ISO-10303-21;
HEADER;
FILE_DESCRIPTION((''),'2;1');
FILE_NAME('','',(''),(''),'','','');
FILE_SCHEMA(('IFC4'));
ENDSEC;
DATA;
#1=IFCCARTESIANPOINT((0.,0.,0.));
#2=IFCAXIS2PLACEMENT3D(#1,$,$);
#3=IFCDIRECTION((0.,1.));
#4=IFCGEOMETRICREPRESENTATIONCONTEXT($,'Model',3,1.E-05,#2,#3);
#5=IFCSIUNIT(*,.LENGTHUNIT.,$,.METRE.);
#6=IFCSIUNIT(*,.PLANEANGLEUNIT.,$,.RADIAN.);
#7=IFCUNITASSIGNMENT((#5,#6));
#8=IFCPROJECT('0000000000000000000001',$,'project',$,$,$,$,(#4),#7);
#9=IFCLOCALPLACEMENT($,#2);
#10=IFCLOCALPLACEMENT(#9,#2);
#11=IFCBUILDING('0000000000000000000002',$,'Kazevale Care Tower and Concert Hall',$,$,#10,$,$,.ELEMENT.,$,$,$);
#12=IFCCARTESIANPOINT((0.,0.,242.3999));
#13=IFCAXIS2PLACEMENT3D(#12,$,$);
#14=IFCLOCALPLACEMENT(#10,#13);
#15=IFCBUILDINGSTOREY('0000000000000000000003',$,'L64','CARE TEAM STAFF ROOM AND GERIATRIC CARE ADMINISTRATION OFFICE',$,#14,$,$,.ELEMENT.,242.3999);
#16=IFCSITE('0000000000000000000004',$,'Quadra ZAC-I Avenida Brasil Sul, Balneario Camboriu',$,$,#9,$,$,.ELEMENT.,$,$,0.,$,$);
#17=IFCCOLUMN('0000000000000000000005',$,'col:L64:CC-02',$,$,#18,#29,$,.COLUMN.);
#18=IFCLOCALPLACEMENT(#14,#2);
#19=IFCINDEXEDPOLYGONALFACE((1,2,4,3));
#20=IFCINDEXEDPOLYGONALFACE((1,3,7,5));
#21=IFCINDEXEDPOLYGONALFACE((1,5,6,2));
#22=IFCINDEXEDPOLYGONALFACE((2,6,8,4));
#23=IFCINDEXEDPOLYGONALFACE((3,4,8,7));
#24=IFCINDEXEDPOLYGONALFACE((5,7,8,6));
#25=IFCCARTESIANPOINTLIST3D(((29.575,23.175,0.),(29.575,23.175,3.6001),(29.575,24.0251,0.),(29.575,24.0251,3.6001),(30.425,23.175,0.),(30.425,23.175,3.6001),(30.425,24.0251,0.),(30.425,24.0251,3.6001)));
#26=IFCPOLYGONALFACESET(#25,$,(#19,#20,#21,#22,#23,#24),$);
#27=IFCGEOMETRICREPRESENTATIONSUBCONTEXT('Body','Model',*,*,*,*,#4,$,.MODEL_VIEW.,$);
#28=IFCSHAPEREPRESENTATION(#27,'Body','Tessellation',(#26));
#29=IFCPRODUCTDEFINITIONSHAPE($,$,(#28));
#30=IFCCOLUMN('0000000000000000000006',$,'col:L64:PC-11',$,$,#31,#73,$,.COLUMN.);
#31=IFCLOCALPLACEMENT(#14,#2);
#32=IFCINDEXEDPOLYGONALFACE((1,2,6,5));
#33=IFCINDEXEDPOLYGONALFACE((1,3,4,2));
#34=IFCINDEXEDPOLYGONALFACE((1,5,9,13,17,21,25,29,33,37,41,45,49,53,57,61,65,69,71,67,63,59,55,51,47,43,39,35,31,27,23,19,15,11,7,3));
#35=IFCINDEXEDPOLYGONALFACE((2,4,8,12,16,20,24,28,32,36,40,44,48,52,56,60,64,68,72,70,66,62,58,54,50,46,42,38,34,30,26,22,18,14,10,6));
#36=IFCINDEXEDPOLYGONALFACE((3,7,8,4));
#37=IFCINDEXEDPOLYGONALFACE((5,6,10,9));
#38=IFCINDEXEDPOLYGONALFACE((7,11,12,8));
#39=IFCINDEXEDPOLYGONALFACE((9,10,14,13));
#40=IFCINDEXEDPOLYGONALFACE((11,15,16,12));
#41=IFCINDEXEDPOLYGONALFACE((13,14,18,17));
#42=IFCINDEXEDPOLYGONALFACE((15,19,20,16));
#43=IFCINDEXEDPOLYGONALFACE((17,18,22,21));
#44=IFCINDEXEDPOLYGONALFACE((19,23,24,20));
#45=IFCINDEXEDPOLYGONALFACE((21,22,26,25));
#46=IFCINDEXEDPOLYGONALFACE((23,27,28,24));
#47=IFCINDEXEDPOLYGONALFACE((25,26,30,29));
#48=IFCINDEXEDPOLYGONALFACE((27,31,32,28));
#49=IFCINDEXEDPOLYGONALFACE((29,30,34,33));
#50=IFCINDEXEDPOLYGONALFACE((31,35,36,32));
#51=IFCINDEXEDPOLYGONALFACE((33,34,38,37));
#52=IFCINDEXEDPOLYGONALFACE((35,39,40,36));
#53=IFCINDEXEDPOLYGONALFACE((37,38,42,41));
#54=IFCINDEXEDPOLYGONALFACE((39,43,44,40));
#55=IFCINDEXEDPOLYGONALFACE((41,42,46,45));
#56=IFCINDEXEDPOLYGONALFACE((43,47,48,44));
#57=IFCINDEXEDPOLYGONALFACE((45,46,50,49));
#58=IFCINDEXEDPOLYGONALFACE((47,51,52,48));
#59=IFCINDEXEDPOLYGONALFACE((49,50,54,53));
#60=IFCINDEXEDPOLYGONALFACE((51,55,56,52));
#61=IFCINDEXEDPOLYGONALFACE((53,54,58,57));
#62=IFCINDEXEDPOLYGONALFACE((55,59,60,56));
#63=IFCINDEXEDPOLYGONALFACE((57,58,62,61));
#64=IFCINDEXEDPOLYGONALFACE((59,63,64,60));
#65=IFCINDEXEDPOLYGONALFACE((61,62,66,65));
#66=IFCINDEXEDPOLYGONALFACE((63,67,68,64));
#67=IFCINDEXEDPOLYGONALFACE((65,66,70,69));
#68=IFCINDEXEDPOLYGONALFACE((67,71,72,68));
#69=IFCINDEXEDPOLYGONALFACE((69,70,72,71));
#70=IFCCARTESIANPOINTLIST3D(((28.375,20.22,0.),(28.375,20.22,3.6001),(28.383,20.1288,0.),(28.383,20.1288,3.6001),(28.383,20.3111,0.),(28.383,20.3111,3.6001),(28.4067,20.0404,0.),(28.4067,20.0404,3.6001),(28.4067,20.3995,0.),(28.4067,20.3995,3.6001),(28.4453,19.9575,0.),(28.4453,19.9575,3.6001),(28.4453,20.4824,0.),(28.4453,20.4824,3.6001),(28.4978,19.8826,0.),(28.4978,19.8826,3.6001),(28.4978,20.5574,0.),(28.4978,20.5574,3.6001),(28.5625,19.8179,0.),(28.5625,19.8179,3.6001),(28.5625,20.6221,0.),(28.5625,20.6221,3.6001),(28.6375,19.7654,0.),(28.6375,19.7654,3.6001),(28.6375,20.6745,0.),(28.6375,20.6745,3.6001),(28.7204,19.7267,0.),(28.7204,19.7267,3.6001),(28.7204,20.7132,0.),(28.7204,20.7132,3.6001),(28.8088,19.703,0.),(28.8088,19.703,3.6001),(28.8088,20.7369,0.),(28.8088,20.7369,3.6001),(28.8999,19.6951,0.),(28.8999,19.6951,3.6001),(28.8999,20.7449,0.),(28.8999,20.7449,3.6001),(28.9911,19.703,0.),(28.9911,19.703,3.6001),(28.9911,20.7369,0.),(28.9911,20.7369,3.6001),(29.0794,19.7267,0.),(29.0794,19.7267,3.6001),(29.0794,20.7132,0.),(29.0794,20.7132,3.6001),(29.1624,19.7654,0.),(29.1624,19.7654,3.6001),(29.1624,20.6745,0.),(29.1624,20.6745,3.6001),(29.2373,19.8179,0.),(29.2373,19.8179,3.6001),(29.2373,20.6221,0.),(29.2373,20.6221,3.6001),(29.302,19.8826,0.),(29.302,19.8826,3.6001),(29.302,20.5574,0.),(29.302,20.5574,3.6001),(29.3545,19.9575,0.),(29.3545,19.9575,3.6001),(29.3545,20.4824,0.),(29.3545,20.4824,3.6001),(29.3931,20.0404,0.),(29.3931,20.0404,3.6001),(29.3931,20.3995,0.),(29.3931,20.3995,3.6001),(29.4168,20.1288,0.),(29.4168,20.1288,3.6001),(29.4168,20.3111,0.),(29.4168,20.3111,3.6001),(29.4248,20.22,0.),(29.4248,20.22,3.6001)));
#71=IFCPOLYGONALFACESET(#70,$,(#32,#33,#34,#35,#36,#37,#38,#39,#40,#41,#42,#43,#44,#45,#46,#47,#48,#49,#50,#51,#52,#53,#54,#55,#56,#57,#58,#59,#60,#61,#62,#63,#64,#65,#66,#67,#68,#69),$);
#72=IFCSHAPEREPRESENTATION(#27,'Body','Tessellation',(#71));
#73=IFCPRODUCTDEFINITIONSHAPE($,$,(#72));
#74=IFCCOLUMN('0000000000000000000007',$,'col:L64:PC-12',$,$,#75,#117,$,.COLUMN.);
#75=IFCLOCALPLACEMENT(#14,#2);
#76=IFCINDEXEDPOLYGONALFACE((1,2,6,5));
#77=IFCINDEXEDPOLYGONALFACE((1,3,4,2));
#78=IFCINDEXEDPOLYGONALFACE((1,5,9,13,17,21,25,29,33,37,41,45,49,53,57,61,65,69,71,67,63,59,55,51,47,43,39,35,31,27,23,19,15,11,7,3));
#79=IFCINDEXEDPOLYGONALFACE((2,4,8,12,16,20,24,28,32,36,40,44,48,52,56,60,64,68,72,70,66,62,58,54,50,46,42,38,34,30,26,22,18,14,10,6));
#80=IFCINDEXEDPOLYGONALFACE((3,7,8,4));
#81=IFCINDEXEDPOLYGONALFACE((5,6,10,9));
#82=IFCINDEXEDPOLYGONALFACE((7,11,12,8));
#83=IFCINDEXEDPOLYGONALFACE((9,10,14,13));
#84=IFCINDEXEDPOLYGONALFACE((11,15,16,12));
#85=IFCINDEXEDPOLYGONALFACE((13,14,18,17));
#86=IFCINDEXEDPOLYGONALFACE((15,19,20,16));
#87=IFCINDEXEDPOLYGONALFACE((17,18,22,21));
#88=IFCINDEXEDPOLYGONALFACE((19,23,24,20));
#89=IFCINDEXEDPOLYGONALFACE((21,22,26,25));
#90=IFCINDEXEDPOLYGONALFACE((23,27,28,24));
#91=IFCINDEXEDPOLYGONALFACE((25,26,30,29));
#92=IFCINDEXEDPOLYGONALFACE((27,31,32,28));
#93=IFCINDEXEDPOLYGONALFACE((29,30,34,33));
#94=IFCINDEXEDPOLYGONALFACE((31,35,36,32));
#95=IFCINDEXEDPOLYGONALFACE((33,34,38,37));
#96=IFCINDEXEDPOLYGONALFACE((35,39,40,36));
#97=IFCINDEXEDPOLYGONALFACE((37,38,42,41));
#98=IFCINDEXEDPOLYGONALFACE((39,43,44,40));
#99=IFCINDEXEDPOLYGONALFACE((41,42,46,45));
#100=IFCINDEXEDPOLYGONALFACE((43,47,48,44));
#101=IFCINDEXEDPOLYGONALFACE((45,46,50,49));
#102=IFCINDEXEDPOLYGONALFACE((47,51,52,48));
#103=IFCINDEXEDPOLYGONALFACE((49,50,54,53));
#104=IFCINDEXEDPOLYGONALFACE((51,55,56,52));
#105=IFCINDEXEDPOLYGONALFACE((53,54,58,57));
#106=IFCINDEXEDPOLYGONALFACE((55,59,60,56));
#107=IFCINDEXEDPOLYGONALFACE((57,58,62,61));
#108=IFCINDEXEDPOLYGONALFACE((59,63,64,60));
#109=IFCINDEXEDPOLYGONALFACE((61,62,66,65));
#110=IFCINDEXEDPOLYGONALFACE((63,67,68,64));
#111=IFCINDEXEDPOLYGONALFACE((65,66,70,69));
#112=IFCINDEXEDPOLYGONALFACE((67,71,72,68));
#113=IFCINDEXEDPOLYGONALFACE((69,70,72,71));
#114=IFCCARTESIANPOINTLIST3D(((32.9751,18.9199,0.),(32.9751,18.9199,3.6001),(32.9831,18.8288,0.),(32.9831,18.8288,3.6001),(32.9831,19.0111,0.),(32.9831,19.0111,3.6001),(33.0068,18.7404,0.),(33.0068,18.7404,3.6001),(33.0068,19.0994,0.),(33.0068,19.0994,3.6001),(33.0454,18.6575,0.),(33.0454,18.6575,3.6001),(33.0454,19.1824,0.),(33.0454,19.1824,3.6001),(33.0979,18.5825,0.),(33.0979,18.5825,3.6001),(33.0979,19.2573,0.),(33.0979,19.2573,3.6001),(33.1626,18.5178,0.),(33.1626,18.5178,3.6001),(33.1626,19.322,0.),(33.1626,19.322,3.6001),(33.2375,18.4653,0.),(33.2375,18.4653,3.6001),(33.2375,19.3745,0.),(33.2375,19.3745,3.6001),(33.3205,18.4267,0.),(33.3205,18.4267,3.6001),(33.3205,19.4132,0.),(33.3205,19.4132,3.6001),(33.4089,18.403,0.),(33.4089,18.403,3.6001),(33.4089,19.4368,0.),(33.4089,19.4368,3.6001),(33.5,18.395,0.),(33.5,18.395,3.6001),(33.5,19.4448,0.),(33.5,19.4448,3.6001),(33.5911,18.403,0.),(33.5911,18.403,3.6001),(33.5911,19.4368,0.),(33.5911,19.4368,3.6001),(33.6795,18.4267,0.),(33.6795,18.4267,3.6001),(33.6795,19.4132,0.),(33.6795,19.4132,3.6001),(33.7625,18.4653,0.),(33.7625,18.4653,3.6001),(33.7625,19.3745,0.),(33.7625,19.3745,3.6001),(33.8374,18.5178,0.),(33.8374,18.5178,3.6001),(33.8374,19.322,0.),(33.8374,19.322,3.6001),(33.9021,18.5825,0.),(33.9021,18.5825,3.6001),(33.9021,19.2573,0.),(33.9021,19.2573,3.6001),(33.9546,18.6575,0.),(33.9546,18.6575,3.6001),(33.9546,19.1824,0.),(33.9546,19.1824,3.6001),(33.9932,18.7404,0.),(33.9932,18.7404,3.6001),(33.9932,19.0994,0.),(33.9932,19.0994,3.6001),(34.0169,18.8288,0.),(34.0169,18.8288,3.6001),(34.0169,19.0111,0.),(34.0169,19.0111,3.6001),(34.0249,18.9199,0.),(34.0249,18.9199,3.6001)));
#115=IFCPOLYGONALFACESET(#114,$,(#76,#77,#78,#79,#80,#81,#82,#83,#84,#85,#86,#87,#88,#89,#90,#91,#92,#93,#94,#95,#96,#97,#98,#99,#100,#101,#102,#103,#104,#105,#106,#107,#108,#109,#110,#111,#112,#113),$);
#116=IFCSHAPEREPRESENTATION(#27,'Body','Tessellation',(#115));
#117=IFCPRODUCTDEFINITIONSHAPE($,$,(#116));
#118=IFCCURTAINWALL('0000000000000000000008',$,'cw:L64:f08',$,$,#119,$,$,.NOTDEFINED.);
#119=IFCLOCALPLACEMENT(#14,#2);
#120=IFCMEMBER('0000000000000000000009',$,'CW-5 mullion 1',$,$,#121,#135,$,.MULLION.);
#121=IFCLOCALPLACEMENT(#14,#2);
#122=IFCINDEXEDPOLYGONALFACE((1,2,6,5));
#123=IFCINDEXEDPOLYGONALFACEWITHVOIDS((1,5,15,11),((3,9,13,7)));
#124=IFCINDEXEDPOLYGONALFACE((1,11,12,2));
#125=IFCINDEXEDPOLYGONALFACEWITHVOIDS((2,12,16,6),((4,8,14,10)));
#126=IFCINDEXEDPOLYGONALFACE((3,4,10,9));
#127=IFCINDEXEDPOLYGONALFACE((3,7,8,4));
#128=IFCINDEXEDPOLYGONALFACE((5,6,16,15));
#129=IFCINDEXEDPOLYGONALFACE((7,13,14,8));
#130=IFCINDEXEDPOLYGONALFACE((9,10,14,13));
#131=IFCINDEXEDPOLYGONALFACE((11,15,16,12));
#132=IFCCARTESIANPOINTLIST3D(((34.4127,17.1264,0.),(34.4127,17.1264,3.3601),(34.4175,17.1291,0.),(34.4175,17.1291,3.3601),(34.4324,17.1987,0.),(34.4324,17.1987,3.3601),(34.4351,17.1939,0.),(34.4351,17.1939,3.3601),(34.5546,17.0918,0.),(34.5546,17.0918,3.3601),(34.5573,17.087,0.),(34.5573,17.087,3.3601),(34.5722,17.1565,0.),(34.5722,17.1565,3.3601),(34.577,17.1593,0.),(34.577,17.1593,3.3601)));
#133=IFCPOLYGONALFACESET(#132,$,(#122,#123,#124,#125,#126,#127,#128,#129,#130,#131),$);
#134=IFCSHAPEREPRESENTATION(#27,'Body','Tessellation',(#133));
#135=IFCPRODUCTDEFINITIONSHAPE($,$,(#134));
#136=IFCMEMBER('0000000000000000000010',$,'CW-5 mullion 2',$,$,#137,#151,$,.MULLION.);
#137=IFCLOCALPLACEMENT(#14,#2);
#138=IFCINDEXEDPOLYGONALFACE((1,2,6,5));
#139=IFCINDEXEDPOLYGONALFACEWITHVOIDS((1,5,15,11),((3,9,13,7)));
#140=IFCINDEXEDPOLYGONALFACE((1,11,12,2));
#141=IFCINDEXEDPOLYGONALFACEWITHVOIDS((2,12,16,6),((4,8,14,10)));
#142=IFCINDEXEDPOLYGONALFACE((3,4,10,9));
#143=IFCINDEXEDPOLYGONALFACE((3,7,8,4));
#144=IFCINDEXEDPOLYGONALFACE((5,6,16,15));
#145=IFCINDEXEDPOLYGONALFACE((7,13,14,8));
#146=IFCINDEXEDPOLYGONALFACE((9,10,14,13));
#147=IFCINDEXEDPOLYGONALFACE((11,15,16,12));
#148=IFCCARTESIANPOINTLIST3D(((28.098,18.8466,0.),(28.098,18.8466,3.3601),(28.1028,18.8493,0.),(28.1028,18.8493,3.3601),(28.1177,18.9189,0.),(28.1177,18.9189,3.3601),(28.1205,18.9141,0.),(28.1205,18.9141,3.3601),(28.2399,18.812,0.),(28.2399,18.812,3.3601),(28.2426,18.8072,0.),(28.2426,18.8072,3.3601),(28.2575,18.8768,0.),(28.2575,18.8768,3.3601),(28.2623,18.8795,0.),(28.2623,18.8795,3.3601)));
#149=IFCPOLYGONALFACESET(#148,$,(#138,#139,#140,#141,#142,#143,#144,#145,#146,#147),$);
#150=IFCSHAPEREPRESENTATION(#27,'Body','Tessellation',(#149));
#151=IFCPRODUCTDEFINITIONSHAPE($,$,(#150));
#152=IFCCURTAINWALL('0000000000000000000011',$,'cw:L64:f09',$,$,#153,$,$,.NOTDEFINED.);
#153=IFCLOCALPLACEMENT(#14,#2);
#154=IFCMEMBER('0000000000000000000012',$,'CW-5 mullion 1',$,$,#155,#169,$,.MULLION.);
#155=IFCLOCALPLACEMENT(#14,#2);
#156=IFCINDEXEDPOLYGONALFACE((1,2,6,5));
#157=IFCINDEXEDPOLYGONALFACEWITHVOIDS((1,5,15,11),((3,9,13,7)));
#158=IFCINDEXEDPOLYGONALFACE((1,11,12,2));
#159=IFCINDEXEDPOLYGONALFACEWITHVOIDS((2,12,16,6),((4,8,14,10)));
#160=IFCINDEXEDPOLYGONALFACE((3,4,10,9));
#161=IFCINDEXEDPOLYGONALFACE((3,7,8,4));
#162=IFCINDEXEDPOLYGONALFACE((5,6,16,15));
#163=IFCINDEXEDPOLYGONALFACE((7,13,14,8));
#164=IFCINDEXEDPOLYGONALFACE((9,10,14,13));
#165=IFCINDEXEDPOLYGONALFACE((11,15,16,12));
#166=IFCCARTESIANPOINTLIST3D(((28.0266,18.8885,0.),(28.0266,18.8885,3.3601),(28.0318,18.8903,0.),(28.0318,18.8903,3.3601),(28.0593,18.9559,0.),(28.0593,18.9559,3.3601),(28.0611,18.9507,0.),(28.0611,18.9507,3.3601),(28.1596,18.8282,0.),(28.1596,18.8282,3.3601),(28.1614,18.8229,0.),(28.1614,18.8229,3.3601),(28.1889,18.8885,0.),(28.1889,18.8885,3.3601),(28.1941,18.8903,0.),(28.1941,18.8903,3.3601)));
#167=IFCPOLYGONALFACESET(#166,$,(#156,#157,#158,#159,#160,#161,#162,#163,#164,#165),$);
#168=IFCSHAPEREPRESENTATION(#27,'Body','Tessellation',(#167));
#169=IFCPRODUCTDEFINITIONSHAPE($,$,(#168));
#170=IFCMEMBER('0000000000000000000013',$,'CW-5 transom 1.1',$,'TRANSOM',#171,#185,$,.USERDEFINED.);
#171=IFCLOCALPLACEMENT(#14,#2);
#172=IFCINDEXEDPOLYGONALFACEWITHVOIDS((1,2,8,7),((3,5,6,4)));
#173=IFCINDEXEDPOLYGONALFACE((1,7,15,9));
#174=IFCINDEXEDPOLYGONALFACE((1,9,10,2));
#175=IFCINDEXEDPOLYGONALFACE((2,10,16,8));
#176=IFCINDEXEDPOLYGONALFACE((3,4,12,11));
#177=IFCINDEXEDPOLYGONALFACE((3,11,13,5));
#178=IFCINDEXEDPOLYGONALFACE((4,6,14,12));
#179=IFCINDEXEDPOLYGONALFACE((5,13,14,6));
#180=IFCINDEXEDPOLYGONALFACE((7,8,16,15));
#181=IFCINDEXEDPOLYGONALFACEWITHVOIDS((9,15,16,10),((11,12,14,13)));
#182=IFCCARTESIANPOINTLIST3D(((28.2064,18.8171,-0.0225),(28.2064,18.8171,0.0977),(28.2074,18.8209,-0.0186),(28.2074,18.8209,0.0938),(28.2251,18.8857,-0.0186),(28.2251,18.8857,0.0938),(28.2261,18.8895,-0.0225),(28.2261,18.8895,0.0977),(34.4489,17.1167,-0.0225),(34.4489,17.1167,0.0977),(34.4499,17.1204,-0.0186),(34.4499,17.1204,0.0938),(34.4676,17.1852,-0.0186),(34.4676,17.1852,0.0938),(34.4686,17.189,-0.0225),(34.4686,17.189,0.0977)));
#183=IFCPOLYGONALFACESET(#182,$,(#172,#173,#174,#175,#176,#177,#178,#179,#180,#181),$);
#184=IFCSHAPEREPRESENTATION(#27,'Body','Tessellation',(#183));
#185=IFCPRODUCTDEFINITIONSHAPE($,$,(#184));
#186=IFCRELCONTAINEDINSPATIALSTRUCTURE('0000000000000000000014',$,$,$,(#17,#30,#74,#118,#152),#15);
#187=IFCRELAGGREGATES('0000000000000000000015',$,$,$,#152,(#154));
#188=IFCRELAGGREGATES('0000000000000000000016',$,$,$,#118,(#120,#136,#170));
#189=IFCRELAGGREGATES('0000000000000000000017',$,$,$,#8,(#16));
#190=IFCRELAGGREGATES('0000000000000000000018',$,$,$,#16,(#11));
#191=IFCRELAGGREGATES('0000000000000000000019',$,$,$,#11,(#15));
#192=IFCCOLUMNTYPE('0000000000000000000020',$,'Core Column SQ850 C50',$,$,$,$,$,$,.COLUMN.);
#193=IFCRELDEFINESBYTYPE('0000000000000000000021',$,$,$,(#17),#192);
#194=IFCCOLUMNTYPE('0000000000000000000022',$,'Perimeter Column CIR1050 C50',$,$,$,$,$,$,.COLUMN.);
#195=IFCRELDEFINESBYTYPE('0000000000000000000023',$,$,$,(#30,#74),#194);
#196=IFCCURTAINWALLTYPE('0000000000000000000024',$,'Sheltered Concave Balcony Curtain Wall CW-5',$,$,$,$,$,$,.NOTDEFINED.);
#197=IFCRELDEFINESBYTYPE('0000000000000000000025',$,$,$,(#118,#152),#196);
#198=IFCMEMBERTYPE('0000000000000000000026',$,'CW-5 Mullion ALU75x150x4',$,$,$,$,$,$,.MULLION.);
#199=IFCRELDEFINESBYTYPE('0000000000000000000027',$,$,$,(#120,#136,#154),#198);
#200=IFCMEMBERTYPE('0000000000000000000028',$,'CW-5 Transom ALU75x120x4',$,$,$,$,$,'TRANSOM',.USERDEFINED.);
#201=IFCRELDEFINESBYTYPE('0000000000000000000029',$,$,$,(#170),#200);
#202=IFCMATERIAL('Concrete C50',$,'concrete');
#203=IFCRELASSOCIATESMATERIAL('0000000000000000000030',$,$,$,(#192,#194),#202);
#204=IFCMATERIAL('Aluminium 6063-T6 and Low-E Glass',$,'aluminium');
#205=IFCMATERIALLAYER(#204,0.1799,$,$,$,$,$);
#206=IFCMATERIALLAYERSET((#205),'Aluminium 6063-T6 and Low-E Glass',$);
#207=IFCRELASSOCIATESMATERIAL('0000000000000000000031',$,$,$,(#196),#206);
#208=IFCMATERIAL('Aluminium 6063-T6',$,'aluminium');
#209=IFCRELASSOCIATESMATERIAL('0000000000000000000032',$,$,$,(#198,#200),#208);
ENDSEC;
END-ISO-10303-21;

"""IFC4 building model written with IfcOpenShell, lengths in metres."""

from ifc_helpers import new_model, si_unit, direction, frame, origin, origin_2d, place, context, subcontext, project, spatial, rectangle, hollow_rectangle, circle, extrude, material, layer, layer_set, material_profile, profile_set, type_object, element, aggregate, save


model = new_model("IFC4")

# Units and contexts
model_context = context("Model", 3, precision=1e-05, world=origin(), true_north=direction((0.0, 1.0)))
body_context = subcontext(model_context, "Body", "Model", "MODEL_VIEW")
ifc_project = project(units=[si_unit("LENGTHUNIT", "METRE"), si_unit("PLANEANGLEUNIT", "RADIAN")], contexts=[model_context])

# Site, building, storey
site_placement = place(None, origin())
site = spatial("IfcSite", under=ifc_project, at=site_placement, Name="Quadra ZAC-I Avenida Brasil Sul, Balneario Camboriu", CompositionType="ELEMENT", RefElevation=0.0)
building_placement = place(site_placement, origin())
building = spatial("IfcBuilding", under=site, at=building_placement, Name="Kazevale Care Tower and Concert Hall", CompositionType="ELEMENT")
storey_placement = place(building_placement, frame((0.0, 0.0, 242.3999)))
storey = spatial("IfcBuildingStorey", under=building, at=storey_placement, Name="L64", Description="CARE TEAM STAFF ROOM AND GERIATRIC CARE ADMINISTRATION OFFICE", CompositionType="ELEMENT", Elevation=242.3999)

# Columns
ifc_material_1 = material(Name="Concrete C50", Category="concrete")
ifc_material_profile_1 = material_profile(ifc_material_1, rectangle(XDim=0.8501, YDim=0.8501, at=origin_2d()), Name="RC-SQ850")
ifc_profile_set_1 = profile_set([ifc_material_profile_1], Name="Concrete C50")
column_type_1 = type_object("IfcColumnType", Name="Core Column SQ850 C50", PredefinedType="COLUMN", material=ifc_profile_set_1)
column_placement = place(storey_placement, frame((30.0, 23.6001, 0.0), z_axis=(0.0, 0.0, 1.0), x_axis=(1.0, 0.0, 0.0)))
element("IfcColumn", 1, at=column_placement, inside=storey, type_object=column_type_1, Name="col:L64:CC-02", PredefinedType="COLUMN", context=body_context, shape_type="SweptSolid", body=[
    extrude(rectangle(XDim=0.8501, YDim=0.8501, at=origin_2d()), origin(), (0.0, 0.0, 1.0), 3.6001),
])
ifc_material_profile_2 = material_profile(ifc_material_1, circle(Radius=0.5249, at=origin_2d()), Name="RC-CIR1050")
ifc_profile_set_2 = profile_set([ifc_material_profile_2], Name="Concrete C50")
column_type_2 = type_object("IfcColumnType", Name="Perimeter Column CIR1050 C50", PredefinedType="COLUMN", material=ifc_profile_set_2)
for number, where, z_axis, x_axis, name in (
    (2, (28.8999, 20.22, 0.0), (0.0, 0.0, 1.0), (1.0, 0.0, 0.0), "col:L64:PC-11"),
    (3, (33.5, 18.9199, 0.0), (0.0, 0.0, 1.0), (1.0, 0.0, 0.0), "col:L64:PC-12"),
):
    element("IfcColumn", number, at=place(storey_placement, frame(where, z_axis=z_axis, x_axis=x_axis)), inside=storey, type_object=column_type_2, Name=name, PredefinedType="COLUMN", context=body_context, shape_type="SweptSolid", body=[
        extrude(circle(Radius=0.5249, at=origin_2d()), origin(), (0.0, 0.0, 1.0), 3.6001),
    ])

# Curtain wall, members
ifc_material_2 = material(Name="Aluminium 6063-T6 and Low-E Glass", Category="aluminium")
ifc_layer_1 = layer(ifc_material_2, 0.1799)
ifc_layer_set_1 = layer_set([ifc_layer_1], Name="Aluminium 6063-T6 and Low-E Glass")
curtain_wall_type = type_object("IfcCurtainWallType", Name="Sheltered Concave Balcony Curtain Wall CW-5", PredefinedType="NOTDEFINED", material=ifc_layer_set_1)
curtain_wall_1_placement = place(storey_placement, origin())
curtain_wall_1 = element("IfcCurtainWall", 4, at=curtain_wall_1_placement, inside=storey, type_object=curtain_wall_type, Name="cw:L64:f08", PredefinedType="NOTDEFINED")
ifc_material_3 = material(Name="Aluminium 6063-T6", Category="aluminium")
ifc_material_profile_3 = material_profile(ifc_material_3, hollow_rectangle(XDim=0.075, YDim=0.1499, WallThickness=0.0039, at=origin_2d()), Name="ALU75x150x4")
ifc_profile_set_3 = profile_set([ifc_material_profile_3], Name="Aluminium 6063-T6")
member_type_1 = type_object("IfcMemberType", Name="CW-5 Mullion ALU75x150x4", PredefinedType="MULLION", material=ifc_profile_set_3)
member_1_placement = place(storey_placement, frame((34.4949, 17.1428, 0.0), z_axis=(0.0, 0.0, 1.0), x_axis=(-0.262849, -0.964837, 0.0)))
member_1 = element("IfcMember", 5, at=member_1_placement, type_object=member_type_1, Name="CW-5 mullion 1", PredefinedType="MULLION", context=body_context, shape_type="SweptSolid", body=[
    extrude(hollow_rectangle(XDim=0.075, YDim=0.1499, WallThickness=0.0039, at=origin_2d()), origin(), (0.0, 0.0, 1.0), 3.3601),
])
member_2_placement = place(storey_placement, frame((28.1802, 18.863, 0.0), z_axis=(0.0, 0.0, 1.0), x_axis=(-0.262849, -0.964837, 0.0)))
member_2 = element("IfcMember", 6, at=member_2_placement, type_object=member_type_1, Name="CW-5 mullion 2", PredefinedType="MULLION", context=body_context, shape_type="SweptSolid", body=[
    extrude(hollow_rectangle(XDim=0.075, YDim=0.1499, WallThickness=0.0039, at=origin_2d()), origin(), (0.0, 0.0, 1.0), 3.3601),
])

# Curtain wall, member
curtain_wall_2_placement = place(storey_placement, origin())
curtain_wall_2 = element("IfcCurtainWall", 7, at=curtain_wall_2_placement, inside=storey, type_object=curtain_wall_type, Name="cw:L64:f09", PredefinedType="NOTDEFINED")
member_3_placement = place(storey_placement, frame((28.1104, 18.8894, 0.0), z_axis=(0.0, 0.0, 1.0), x_axis=(-0.437238, -0.899346, 0.0)))
member_3 = element("IfcMember", 8, at=member_3_placement, type_object=member_type_1, Name="CW-5 mullion 1", PredefinedType="MULLION", context=body_context, shape_type="SweptSolid", body=[
    extrude(hollow_rectangle(XDim=0.075, YDim=0.1499, WallThickness=0.0039, at=origin_2d()), origin(), (0.0, 0.0, 1.0), 3.3601),
])

# Member
ifc_material_profile_4 = material_profile(ifc_material_3, hollow_rectangle(XDim=0.075, YDim=0.1201, WallThickness=0.0039, at=origin_2d()), Name="ALU75x120x4")
ifc_profile_set_4 = profile_set([ifc_material_profile_4], Name="Aluminium 6063-T6")
member_type_2 = type_object("IfcMemberType", Name="CW-5 Transom ALU75x120x4", ElementType="TRANSOM", PredefinedType="USERDEFINED", material=ifc_profile_set_4)
member_4_placement = place(storey_placement, frame((34.4587, 17.1528, 0.0376), z_axis=(-0.964844, 0.262824, 0.0), x_axis=(-0.262824, -0.964844, 0.0)))
member_4 = element("IfcMember", 9, at=member_4_placement, type_object=member_type_2, Name="CW-5 transom 1.1", ObjectType="TRANSOM", PredefinedType="USERDEFINED", context=body_context, shape_type="SweptSolid", body=[
    extrude(hollow_rectangle(XDim=0.075, YDim=0.1201, WallThickness=0.0039, at=origin_2d()), origin(), (0.0, 0.0, 1.0), 6.47),
])
aggregate(curtain_wall_2, [member_3])

aggregate(curtain_wall_1, [member_1, member_2, member_4])

save(model, "model.ifc")
